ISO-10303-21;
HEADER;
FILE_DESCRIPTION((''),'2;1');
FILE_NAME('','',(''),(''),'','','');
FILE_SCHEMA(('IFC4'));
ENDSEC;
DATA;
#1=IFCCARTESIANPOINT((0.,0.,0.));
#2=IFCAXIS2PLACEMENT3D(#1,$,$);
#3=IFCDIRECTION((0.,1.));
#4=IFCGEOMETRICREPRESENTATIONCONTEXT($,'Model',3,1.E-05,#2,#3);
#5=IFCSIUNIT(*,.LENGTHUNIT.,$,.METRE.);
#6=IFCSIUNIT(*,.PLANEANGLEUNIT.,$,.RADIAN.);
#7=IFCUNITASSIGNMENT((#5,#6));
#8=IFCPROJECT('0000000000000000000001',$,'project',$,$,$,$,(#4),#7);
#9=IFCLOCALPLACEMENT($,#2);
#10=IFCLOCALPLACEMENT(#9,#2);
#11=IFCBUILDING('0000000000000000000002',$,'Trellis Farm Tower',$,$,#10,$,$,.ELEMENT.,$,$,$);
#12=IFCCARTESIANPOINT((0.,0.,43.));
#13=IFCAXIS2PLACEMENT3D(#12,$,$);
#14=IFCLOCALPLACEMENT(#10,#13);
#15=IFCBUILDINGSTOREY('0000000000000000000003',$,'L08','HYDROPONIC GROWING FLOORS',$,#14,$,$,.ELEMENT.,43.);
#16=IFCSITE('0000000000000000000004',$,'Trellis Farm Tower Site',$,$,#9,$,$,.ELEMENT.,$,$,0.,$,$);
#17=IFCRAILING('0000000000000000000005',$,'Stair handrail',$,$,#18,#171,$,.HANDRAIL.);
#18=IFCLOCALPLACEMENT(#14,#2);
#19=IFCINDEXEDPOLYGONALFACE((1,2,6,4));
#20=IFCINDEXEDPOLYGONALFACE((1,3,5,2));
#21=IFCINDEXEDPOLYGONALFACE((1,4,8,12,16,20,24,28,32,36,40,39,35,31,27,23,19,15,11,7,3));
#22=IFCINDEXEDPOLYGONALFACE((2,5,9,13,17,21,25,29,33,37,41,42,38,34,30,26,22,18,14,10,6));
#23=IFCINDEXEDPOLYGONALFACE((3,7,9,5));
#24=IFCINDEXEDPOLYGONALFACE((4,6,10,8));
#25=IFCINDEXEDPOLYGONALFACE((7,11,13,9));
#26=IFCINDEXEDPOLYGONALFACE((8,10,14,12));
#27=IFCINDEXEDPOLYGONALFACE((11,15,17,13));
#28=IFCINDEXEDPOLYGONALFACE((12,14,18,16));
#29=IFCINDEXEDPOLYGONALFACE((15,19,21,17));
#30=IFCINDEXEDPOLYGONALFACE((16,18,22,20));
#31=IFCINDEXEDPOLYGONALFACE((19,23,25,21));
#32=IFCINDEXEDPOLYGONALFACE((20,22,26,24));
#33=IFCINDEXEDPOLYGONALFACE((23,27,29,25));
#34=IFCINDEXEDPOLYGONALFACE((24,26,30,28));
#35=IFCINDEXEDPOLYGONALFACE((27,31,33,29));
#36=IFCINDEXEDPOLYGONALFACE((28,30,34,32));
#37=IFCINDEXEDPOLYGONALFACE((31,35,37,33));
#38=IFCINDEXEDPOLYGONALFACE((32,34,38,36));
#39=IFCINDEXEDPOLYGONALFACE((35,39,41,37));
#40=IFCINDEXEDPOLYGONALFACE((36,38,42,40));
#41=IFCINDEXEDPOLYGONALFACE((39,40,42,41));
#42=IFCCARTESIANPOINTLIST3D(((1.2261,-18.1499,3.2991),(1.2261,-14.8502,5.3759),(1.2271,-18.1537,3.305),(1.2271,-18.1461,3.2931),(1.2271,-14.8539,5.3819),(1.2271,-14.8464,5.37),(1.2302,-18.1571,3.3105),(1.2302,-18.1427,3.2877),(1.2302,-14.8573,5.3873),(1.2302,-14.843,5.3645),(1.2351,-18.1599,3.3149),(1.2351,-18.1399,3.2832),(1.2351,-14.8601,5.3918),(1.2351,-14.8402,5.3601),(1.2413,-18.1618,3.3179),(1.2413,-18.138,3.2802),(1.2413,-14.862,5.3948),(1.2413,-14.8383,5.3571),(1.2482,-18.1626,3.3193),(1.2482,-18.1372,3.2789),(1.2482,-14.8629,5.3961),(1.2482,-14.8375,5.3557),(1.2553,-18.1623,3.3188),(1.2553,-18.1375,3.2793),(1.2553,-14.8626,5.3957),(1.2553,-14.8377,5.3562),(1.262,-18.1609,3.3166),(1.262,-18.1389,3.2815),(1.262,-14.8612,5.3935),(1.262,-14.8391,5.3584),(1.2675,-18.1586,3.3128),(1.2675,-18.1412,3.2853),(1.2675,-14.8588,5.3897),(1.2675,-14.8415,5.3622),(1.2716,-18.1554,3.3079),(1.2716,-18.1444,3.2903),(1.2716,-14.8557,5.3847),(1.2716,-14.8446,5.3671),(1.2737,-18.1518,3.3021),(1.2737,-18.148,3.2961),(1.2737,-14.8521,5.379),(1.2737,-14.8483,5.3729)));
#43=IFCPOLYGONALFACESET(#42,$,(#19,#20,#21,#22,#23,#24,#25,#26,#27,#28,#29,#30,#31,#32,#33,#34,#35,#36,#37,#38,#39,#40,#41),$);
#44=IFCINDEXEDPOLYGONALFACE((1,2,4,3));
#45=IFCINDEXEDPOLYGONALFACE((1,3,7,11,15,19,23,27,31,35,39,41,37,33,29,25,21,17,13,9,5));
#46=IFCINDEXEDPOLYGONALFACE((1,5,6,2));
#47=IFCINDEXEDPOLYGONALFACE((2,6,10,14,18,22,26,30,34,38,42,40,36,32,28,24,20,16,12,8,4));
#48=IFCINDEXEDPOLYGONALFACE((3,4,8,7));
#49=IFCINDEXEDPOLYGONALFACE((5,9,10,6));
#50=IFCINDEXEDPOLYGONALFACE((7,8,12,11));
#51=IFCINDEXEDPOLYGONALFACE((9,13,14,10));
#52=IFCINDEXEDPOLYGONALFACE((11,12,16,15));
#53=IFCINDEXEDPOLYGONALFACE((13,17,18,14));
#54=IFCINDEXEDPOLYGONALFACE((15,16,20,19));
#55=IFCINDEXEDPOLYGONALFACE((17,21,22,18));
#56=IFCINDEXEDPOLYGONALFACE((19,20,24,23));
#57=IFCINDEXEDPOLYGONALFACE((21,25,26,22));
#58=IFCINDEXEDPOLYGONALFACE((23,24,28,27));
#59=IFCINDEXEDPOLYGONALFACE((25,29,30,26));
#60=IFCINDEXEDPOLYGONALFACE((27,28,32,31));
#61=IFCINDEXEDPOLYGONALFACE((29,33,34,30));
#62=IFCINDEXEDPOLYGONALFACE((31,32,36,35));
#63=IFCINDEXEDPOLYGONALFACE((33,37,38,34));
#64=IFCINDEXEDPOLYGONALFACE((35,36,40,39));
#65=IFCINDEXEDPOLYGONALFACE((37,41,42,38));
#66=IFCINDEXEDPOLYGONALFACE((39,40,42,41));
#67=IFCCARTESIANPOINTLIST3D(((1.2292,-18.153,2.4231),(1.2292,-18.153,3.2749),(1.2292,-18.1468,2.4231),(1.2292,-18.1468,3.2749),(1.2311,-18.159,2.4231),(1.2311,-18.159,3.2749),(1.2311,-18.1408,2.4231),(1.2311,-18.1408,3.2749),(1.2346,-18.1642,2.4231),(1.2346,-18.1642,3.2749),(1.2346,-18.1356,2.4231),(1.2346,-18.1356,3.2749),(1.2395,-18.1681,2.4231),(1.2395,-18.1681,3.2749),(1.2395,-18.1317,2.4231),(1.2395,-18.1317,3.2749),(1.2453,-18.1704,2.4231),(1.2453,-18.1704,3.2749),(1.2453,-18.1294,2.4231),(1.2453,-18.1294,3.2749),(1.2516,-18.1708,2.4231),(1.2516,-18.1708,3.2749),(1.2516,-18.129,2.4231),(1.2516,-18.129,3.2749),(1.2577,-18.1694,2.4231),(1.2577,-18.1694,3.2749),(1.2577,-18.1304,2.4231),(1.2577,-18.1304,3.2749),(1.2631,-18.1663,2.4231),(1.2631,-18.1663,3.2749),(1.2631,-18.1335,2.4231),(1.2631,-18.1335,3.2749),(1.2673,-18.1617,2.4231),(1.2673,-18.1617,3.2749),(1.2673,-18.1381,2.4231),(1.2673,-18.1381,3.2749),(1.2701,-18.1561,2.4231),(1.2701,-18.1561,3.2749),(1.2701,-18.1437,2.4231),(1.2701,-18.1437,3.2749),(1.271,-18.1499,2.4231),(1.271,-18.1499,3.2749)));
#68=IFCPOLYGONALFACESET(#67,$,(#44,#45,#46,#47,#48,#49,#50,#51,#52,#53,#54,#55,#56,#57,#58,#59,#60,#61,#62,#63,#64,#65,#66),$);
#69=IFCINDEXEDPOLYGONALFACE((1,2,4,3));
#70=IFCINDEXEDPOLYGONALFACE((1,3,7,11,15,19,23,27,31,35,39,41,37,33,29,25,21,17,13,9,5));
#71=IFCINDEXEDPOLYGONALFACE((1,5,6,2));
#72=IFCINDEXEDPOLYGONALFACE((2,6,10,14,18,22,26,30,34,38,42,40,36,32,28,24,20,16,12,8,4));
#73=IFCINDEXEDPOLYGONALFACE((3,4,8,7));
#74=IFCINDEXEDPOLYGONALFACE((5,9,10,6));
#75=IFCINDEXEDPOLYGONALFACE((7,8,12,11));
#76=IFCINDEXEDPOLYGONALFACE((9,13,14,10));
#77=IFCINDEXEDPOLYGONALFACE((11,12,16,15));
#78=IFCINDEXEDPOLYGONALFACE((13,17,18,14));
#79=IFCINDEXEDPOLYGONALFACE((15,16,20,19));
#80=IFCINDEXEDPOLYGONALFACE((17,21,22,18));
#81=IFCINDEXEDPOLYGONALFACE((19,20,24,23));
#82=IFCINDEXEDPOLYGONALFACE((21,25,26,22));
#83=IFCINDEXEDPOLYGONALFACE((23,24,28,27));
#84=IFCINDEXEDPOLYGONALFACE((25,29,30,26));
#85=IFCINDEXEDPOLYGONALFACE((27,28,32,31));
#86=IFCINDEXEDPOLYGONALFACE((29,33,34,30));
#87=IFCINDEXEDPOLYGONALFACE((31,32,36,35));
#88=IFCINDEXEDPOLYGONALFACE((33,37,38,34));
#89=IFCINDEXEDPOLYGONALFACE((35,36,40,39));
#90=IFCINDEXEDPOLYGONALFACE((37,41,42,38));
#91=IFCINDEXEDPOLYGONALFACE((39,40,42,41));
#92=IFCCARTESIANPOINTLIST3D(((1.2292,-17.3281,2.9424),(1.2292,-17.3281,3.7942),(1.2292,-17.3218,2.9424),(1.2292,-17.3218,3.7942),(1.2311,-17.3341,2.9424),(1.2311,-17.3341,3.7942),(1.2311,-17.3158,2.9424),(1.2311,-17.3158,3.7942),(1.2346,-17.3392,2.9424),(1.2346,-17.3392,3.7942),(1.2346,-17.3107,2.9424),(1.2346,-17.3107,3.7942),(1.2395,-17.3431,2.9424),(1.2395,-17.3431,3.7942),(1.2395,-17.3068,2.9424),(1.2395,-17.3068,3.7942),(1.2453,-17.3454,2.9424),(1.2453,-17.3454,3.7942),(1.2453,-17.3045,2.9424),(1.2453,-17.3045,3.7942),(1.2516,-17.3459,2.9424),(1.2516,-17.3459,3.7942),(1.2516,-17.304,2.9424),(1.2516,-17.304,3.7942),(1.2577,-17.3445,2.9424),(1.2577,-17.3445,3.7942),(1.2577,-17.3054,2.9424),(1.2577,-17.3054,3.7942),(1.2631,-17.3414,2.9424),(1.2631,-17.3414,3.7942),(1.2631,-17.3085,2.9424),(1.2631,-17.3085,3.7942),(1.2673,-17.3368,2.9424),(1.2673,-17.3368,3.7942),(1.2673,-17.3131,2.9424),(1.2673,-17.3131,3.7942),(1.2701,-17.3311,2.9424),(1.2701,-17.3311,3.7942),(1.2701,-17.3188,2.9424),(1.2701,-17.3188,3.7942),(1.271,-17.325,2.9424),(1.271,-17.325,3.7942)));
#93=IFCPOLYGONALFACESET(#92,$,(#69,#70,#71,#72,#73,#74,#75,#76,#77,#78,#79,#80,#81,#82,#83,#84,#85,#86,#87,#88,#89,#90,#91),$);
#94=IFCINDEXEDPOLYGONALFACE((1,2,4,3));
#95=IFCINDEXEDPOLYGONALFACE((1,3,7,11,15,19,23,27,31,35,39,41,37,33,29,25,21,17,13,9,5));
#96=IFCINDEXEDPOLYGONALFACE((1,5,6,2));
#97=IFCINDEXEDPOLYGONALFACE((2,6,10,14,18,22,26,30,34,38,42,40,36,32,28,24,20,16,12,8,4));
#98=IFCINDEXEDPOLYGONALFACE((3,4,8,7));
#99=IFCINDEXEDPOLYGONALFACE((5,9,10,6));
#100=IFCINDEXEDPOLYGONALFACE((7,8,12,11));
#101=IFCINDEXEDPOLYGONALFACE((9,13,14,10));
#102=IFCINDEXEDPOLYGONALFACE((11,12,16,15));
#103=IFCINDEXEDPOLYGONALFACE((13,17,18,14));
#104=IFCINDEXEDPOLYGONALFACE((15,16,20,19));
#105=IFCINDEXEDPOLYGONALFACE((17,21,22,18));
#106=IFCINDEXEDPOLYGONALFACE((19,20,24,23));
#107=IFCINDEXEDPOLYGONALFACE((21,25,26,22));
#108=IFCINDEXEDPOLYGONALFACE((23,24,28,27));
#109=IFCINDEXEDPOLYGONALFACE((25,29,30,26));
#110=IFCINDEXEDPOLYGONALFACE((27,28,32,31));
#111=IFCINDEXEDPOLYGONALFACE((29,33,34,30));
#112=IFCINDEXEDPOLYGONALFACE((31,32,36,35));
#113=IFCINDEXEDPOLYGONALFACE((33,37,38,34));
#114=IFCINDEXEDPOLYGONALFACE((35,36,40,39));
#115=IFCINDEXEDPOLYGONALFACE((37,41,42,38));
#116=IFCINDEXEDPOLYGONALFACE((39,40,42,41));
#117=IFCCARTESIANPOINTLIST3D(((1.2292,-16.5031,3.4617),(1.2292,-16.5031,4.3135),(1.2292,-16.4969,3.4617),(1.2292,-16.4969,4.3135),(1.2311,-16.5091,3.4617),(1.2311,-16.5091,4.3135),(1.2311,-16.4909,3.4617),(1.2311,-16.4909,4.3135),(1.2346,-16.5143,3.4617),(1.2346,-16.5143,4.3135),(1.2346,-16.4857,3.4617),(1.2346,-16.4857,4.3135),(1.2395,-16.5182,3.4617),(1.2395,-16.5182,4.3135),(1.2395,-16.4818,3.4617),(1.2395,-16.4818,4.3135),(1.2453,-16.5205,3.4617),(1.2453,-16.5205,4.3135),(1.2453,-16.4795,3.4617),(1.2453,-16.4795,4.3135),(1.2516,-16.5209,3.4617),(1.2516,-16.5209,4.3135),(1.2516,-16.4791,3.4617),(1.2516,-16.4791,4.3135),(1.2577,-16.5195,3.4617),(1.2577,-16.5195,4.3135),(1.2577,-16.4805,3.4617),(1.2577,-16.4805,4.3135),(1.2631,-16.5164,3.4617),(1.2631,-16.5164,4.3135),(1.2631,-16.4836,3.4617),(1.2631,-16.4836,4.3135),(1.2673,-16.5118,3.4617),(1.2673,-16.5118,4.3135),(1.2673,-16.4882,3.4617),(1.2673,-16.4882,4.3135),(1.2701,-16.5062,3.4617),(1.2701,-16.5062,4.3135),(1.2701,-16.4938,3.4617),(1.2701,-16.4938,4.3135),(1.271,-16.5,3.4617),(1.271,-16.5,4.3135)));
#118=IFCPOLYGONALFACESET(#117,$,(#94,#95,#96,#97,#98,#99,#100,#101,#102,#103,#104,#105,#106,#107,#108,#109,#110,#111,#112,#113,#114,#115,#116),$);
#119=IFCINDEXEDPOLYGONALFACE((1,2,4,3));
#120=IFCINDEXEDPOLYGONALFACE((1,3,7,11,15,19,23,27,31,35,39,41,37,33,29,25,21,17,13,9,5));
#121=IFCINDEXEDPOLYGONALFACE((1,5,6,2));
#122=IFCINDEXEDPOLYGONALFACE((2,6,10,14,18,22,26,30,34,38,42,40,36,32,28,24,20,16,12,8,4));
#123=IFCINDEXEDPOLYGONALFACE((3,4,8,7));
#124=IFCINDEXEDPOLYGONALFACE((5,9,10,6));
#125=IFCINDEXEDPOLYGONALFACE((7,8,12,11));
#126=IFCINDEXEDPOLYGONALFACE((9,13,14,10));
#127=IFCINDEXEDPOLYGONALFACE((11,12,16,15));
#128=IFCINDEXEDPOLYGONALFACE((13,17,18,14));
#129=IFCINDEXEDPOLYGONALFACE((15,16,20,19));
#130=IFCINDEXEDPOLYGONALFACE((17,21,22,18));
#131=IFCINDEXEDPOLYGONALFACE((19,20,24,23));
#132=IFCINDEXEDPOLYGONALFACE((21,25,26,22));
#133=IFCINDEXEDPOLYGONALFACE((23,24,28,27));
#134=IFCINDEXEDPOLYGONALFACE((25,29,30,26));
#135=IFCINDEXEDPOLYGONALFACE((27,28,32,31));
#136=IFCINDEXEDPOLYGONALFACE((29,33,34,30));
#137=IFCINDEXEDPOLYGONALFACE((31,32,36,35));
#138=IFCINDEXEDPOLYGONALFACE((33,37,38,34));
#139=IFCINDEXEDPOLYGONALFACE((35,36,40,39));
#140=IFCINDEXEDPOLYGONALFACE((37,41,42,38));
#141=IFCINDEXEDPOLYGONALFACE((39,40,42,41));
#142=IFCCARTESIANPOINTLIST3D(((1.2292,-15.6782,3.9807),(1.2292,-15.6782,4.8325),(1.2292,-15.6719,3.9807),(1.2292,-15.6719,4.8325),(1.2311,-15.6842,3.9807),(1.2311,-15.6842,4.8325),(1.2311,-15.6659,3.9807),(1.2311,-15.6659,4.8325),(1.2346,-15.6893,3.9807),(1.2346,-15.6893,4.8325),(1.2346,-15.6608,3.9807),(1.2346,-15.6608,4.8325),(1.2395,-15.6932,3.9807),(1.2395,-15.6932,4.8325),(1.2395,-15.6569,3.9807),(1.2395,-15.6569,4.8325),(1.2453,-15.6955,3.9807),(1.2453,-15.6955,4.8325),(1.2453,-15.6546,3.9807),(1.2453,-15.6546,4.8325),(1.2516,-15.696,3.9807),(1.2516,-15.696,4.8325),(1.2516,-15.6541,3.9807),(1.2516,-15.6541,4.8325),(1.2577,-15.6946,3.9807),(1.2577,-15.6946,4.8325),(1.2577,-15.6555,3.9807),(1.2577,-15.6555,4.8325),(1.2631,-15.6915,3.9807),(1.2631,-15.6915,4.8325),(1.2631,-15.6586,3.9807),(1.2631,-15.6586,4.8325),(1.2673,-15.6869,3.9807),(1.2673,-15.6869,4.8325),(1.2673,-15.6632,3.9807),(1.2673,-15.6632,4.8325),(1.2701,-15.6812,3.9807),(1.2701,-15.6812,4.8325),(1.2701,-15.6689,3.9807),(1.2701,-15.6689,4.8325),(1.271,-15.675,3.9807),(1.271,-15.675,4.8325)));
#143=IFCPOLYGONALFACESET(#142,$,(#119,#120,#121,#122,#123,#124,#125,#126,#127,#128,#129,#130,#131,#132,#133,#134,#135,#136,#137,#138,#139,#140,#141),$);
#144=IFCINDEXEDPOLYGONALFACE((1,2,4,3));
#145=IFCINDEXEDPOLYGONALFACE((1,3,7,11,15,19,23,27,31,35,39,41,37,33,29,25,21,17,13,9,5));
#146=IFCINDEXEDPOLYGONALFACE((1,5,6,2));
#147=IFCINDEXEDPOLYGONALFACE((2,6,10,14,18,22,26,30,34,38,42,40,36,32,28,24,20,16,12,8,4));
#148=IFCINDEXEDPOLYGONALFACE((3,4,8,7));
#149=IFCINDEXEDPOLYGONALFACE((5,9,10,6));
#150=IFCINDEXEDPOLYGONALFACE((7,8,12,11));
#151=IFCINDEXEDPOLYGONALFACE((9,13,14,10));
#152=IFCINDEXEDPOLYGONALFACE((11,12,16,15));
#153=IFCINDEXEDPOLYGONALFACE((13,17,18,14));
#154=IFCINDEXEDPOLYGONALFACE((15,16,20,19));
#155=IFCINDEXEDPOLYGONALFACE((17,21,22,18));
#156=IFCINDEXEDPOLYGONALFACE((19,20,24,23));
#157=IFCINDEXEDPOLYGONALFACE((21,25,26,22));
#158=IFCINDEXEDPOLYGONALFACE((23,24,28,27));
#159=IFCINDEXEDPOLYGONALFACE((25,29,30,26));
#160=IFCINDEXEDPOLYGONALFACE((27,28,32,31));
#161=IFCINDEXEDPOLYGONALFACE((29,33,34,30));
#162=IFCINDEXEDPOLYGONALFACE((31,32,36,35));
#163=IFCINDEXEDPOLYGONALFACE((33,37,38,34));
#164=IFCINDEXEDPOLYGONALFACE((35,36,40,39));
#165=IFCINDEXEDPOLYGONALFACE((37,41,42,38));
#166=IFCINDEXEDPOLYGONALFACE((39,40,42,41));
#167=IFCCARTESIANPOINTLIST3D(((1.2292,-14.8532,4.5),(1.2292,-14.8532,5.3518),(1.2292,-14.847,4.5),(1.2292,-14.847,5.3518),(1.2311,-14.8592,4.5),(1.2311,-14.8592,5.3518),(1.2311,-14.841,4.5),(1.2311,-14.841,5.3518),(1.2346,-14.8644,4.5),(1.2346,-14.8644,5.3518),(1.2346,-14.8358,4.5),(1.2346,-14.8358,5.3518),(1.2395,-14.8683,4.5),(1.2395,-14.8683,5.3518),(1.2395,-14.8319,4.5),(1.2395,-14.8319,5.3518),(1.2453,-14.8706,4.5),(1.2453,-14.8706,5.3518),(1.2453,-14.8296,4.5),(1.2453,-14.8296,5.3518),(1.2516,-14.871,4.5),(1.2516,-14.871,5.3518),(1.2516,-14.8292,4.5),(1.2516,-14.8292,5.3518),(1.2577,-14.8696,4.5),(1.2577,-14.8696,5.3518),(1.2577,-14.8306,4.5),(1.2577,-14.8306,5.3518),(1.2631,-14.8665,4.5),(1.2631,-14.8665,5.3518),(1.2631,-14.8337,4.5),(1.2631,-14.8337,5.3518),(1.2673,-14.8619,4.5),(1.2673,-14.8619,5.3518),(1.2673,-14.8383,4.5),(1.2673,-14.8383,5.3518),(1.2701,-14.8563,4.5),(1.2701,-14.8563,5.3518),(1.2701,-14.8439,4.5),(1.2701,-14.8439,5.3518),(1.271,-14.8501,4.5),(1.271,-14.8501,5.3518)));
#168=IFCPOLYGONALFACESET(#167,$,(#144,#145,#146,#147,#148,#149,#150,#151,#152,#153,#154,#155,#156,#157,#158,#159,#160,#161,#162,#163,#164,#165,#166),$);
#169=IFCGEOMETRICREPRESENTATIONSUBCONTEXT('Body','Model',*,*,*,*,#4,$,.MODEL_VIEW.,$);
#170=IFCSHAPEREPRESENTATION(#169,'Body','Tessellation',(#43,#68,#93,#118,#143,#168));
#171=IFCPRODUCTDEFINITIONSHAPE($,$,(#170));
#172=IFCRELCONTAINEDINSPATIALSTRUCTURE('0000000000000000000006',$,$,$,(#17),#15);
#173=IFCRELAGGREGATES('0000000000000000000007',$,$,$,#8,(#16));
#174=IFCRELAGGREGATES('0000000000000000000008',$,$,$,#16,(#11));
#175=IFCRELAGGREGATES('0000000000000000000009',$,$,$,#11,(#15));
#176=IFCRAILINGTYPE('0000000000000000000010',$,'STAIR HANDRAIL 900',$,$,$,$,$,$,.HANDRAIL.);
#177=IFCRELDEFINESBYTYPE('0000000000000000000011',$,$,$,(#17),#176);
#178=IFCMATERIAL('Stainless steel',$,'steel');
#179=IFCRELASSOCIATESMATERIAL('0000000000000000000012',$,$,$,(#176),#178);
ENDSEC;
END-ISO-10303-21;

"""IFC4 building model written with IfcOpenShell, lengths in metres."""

from ifc_helpers import new_model, si_unit, direction, frame, origin, origin_2d, place, context, subcontext, project, spatial, circle, extrude, source, transform, mapped, material, type_object, element, save


model = new_model("IFC4")

# Units and contexts
model_context = context("Model", 3, precision=1e-05, world=origin(), true_north=direction((0.0, 1.0)))
body_context = subcontext(model_context, "Body", "Model", "MODEL_VIEW")
ifc_project = project(units=[si_unit("LENGTHUNIT", "METRE"), si_unit("PLANEANGLEUNIT", "RADIAN")], contexts=[model_context])

# Site, building, storey
site_placement = place(None, origin())
site = spatial("IfcSite", under=ifc_project, at=site_placement, Name="Trellis Farm Tower Site", CompositionType="ELEMENT", RefElevation=0.0)
building_placement = place(site_placement, origin())
building = spatial("IfcBuilding", under=site, at=building_placement, Name="Trellis Farm Tower", CompositionType="ELEMENT")
storey_placement = place(building_placement, frame((0.0, 0.0, 43.0)))
storey = spatial("IfcBuildingStorey", under=building, at=storey_placement, Name="L08", Description="HYDROPONIC GROWING FLOORS", CompositionType="ELEMENT", Elevation=43.0)

# Railing
ifc_material_1 = material(Name="Stainless steel", Category="steel")
railing_type = type_object("IfcRailingType", Name="STAIR HANDRAIL 900", PredefinedType="HANDRAIL", material=ifc_material_1)
shared_shape_1 = source(origin(), body_context, "Body", "SweptSolid", [
    extrude(circle(Radius=0.0239, at=origin_2d()), frame((0.0, 0.0, 0.876), z_axis=(0.0, 0.84632, 0.532675), x_axis=(-1.0, 0.0, 0.0)), (0.0, 0.0, 1.0), 3.8989),
    extrude(circle(Radius=0.021, at=origin_2d()), origin(), (0.0, 0.0, 1.0), 0.8518),
    extrude(circle(Radius=0.021, at=origin_2d()), frame((0.0, 0.825, 0.5193)), (0.0, 0.0, 1.0), 0.8518),
    extrude(circle(Radius=0.021, at=origin_2d()), frame((0.0, 1.6499, 1.0386)), (0.0, 0.0, 1.0), 0.8518),
    extrude(circle(Radius=0.021, at=origin_2d()), frame((0.0, 2.4749, 1.5576)), (0.0, 0.0, 1.0), 0.8518),
    extrude(circle(Radius=0.021, at=origin_2d()), frame((0.0, 3.2998, 2.0769)), (0.0, 0.0, 1.0), 0.8518),
])
railing_placement = place(storey_placement, frame((1.25, -18.1499, 2.4231)))
element("IfcRailing", 1, at=railing_placement, inside=storey, type_object=railing_type, Name="Stair handrail", PredefinedType="HANDRAIL", context=body_context, shape_type="MappedRepresentation", body=[
    mapped(shared_shape_1, transform((0.0, 0.0, 0.0))),
])

save(model, "model.ifc")
